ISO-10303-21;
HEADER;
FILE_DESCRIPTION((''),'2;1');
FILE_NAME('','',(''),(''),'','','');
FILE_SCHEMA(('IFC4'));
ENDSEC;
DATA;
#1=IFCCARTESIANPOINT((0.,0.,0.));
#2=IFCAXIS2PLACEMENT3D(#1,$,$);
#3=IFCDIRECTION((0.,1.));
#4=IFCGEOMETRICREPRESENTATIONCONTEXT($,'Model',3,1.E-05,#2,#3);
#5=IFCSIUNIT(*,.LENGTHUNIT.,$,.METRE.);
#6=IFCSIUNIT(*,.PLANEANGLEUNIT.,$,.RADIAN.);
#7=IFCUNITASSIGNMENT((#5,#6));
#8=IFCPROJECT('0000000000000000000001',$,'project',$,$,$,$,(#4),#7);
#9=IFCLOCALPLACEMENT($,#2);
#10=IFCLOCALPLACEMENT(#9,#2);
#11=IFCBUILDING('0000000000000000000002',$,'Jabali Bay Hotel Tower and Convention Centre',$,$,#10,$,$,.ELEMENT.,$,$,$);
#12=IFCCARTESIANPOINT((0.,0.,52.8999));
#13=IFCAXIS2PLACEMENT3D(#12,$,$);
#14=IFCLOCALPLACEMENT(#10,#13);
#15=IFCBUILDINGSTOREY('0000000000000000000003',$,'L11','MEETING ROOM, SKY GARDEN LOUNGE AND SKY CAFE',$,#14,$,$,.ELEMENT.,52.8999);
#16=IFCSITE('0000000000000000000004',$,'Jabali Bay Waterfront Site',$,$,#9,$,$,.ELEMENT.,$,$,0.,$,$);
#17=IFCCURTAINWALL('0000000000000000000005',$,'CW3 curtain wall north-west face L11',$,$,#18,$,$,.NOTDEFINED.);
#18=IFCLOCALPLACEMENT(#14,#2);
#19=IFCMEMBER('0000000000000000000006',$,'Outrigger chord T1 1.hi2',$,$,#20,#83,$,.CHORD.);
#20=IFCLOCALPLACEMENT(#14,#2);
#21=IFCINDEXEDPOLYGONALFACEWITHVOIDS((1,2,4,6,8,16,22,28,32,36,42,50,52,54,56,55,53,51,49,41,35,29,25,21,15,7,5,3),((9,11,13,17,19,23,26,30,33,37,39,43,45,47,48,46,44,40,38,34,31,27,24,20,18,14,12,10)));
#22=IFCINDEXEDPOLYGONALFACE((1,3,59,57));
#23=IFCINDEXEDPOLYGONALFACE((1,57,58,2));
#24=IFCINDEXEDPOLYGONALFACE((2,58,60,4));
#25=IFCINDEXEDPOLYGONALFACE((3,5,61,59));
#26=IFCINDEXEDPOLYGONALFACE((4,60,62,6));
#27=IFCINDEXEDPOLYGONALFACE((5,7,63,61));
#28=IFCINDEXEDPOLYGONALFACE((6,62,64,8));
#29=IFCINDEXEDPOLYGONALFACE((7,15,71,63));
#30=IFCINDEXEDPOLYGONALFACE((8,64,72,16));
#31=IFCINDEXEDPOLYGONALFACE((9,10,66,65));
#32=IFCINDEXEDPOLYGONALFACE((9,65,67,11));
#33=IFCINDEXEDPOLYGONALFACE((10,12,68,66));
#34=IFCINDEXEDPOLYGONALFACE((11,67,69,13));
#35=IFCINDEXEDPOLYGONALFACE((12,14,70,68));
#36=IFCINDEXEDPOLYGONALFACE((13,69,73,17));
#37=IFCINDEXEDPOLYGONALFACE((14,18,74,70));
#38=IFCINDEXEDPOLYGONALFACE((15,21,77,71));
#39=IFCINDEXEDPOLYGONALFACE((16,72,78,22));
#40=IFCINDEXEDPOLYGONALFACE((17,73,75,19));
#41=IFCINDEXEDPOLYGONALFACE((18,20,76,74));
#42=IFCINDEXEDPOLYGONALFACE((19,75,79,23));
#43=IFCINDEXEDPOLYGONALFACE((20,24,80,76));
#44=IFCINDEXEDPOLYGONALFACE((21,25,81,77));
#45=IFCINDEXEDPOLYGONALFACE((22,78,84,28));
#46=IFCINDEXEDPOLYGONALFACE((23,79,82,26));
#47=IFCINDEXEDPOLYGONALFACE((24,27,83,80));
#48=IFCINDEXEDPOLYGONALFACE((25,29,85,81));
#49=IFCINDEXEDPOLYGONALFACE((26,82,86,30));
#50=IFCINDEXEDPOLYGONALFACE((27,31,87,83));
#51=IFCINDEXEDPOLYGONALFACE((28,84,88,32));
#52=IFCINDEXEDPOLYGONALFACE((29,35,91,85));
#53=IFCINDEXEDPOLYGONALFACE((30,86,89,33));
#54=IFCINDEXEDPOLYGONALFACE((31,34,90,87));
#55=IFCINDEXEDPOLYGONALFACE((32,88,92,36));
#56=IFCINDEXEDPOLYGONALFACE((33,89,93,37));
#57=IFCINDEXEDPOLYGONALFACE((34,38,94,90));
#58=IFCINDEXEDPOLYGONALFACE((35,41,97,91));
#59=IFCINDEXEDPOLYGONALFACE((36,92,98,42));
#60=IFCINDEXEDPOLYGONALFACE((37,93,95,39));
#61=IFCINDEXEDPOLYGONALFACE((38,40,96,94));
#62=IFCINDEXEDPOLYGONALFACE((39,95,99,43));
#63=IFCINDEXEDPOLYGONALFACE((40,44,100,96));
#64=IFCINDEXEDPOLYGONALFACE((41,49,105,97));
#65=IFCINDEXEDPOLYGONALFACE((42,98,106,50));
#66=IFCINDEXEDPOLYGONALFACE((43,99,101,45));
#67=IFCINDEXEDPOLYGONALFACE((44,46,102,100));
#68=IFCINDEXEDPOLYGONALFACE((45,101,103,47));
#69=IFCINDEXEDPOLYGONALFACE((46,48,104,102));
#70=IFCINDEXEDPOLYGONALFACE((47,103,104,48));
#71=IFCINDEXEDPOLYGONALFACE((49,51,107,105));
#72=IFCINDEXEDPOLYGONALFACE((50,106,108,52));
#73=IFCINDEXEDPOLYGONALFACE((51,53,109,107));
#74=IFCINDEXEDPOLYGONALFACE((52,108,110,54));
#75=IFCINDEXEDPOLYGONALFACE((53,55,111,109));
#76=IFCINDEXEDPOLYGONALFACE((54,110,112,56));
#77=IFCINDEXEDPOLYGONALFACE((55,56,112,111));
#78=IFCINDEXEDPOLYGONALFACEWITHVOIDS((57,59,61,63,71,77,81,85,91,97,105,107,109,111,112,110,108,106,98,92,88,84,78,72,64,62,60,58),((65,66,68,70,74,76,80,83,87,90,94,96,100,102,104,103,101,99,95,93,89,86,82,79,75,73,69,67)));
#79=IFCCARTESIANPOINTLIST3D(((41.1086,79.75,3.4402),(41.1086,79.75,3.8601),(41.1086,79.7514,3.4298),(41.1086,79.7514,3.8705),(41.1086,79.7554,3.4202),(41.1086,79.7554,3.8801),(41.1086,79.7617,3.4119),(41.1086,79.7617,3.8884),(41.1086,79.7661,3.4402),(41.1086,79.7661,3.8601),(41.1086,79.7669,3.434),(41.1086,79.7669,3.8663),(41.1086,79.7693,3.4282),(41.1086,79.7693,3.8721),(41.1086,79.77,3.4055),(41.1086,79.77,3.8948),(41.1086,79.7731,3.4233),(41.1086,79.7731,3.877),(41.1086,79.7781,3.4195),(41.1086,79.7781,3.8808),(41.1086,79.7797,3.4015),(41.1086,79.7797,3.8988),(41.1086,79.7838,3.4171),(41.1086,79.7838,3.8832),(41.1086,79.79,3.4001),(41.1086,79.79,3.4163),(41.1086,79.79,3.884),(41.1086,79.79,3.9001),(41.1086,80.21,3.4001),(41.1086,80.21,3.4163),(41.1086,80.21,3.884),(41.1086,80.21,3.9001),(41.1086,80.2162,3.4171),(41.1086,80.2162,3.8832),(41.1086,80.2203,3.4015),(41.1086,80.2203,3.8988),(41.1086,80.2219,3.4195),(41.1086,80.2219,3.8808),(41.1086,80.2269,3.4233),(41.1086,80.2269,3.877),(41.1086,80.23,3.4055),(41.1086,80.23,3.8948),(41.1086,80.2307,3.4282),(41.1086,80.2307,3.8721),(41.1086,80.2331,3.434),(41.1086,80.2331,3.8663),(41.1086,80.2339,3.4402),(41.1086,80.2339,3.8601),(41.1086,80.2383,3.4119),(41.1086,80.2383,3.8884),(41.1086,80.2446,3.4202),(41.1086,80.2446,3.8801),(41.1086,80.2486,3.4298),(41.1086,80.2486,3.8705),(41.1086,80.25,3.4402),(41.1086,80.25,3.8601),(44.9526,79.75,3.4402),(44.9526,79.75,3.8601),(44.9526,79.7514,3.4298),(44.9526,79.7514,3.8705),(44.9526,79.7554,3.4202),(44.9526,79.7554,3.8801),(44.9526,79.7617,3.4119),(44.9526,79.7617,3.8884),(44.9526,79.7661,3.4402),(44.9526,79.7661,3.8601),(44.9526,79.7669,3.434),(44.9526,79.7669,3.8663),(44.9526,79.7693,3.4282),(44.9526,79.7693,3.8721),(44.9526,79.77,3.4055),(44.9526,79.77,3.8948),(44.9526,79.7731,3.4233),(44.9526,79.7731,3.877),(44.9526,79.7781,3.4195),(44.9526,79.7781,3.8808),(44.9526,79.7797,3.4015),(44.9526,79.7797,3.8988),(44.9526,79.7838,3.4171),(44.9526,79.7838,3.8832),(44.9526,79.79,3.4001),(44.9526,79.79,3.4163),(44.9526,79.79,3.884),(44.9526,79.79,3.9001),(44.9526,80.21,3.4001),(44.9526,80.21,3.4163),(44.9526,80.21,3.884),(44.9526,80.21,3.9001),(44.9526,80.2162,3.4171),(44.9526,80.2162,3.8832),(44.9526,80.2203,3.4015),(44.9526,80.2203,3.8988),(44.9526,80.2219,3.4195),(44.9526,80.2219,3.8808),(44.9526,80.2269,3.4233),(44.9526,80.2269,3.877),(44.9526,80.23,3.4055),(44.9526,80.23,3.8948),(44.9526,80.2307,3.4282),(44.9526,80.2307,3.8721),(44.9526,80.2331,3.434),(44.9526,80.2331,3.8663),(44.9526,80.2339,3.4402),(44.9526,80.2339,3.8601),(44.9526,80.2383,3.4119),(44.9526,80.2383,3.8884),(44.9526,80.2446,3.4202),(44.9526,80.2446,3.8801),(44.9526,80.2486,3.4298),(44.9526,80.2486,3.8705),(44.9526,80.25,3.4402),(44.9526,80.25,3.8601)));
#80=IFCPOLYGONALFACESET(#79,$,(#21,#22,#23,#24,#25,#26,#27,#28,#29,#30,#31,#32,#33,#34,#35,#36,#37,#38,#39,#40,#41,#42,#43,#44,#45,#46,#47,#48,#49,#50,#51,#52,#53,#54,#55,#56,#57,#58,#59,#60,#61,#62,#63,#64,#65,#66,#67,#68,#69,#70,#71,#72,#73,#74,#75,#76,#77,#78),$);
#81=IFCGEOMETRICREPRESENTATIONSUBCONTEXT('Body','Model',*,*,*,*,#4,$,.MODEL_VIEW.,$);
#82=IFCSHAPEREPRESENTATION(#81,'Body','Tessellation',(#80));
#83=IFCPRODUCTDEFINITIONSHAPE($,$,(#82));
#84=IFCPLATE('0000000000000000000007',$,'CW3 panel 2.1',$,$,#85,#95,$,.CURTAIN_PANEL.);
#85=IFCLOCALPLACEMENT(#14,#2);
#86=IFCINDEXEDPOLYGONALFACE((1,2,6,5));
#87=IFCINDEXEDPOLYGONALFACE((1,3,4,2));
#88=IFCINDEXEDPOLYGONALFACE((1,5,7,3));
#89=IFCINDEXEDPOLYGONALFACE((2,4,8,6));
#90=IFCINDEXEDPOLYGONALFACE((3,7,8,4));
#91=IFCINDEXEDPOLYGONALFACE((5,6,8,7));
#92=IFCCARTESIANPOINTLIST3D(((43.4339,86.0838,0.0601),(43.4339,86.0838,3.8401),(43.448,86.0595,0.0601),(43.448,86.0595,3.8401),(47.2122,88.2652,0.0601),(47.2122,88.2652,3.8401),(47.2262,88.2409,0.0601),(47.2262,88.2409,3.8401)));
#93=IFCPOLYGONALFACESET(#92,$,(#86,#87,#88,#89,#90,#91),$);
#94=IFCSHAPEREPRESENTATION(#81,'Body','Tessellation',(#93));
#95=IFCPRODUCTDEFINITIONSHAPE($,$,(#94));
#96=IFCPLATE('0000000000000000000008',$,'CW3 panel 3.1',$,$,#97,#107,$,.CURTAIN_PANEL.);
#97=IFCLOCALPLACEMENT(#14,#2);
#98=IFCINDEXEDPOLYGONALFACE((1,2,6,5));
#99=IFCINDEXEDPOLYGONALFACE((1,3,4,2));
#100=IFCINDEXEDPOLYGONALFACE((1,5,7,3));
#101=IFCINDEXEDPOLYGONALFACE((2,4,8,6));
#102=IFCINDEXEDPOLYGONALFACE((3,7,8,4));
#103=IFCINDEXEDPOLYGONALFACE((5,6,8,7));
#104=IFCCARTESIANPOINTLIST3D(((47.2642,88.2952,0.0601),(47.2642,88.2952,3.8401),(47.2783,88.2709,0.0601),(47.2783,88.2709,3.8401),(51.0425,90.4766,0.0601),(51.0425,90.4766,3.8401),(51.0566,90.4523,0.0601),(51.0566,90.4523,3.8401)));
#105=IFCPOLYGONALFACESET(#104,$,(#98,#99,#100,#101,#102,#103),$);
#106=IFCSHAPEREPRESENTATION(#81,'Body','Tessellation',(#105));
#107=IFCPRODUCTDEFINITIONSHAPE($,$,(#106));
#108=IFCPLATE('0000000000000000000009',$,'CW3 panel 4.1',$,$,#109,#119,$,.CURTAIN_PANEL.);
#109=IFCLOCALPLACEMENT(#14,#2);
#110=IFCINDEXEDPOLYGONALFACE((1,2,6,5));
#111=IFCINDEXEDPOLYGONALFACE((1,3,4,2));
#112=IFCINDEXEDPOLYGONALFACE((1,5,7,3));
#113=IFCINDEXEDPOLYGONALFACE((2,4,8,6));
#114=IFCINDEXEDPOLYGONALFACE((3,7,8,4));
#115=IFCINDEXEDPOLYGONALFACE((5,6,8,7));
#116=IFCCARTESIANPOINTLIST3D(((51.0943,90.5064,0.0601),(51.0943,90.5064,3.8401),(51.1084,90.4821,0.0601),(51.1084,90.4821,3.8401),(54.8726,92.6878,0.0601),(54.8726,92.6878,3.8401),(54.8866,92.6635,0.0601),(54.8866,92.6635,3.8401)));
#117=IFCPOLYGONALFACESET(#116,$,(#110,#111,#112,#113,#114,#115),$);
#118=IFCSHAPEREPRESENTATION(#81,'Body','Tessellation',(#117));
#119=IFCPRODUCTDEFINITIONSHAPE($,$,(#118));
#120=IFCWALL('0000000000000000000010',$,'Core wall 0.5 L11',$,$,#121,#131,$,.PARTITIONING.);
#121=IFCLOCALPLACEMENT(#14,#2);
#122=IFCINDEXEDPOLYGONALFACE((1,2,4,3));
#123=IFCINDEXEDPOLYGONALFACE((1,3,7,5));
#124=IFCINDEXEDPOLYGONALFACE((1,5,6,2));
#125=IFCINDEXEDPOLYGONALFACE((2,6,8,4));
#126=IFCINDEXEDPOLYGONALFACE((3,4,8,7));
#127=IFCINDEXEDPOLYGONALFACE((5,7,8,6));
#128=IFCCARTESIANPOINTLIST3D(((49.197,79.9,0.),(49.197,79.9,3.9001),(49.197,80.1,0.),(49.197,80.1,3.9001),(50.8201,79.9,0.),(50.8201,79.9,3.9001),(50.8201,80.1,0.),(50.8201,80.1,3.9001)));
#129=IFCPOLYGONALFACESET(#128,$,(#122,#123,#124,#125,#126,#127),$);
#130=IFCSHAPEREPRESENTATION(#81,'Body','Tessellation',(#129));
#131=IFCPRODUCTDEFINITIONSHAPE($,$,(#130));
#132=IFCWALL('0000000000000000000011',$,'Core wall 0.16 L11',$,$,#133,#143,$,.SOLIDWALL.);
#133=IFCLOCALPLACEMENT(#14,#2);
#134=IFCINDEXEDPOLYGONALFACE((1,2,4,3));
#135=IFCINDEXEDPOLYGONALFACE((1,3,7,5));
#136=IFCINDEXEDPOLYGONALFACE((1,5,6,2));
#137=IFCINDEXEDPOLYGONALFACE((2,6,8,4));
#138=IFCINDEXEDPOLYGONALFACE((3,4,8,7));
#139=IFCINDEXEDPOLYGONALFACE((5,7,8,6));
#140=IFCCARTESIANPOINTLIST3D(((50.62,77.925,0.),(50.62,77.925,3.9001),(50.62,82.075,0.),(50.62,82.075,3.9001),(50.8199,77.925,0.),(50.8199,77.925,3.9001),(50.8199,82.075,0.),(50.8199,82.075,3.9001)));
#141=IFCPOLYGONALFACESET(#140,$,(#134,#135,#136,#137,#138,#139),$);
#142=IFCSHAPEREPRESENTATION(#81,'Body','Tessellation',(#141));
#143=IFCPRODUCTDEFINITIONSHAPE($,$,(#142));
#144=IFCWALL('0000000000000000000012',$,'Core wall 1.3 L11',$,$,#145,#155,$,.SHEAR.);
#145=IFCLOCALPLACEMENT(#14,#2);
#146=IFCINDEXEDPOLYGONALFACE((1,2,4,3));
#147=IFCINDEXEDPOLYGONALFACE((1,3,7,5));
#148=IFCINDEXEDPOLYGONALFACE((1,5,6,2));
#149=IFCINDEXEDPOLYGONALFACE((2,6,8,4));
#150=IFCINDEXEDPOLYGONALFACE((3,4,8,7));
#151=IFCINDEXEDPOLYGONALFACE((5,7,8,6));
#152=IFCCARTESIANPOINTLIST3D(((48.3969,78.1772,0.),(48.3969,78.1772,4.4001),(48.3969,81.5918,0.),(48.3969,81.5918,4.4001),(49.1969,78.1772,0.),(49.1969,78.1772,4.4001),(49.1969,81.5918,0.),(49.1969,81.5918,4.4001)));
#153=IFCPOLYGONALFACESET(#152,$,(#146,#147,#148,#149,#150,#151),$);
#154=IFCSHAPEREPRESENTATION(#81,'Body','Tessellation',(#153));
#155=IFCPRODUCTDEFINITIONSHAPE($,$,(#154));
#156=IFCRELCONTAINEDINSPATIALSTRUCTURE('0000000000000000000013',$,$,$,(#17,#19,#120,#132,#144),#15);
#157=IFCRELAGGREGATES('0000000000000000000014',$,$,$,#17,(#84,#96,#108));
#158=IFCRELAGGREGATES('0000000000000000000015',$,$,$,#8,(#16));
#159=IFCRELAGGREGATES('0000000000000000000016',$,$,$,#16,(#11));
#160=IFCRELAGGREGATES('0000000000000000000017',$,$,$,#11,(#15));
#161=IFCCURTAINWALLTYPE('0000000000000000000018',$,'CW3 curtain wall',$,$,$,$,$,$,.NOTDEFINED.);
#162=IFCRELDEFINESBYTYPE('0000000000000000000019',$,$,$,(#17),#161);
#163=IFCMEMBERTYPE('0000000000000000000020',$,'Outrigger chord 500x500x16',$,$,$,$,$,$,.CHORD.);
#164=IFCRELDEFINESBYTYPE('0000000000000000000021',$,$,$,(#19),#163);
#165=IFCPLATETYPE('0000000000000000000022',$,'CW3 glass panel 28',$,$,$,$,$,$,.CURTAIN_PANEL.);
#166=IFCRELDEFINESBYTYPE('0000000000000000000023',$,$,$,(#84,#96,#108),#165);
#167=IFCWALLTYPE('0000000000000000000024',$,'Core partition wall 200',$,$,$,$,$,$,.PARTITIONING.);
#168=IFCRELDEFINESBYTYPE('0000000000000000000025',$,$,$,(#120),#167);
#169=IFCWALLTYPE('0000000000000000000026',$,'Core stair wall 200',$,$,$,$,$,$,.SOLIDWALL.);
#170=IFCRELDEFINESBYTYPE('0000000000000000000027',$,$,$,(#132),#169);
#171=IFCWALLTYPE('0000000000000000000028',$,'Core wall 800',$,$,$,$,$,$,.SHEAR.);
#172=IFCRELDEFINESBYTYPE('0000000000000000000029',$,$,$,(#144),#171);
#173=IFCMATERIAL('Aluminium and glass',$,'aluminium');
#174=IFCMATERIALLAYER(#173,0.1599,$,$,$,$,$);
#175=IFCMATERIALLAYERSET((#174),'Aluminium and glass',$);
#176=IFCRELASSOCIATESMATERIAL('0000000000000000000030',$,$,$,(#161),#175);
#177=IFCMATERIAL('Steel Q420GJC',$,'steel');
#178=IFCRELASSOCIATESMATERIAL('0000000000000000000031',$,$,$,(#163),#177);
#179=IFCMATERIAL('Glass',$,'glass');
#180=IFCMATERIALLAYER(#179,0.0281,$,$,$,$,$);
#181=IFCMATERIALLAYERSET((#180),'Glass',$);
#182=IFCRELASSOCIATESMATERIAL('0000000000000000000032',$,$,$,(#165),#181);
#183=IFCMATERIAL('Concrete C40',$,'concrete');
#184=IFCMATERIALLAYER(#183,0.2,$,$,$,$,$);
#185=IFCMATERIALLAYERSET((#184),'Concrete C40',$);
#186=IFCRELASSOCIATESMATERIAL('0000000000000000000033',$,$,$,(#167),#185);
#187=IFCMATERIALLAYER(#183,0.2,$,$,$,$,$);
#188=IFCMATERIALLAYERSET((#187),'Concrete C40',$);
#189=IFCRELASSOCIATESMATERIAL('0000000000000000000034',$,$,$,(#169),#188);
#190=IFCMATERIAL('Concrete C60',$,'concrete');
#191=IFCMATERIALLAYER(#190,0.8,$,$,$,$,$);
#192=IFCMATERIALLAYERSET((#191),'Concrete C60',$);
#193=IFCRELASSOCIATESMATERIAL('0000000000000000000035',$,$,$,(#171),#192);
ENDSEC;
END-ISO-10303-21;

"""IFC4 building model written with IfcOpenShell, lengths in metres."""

from ifc_helpers import new_model, si_unit, direction, frame, frame_2d, origin, origin_2d, place, context, subcontext, project, spatial, rectangle, hollow_rectangle, extrude, material, layer, layer_set, material_profile, profile_set, type_object, element, aggregate, save


model = new_model("IFC4")

# Units and contexts
model_context = context("Model", 3, precision=1e-05, world=origin(), true_north=direction((0.0, 1.0)))
body_context = subcontext(model_context, "Body", "Model", "MODEL_VIEW")
ifc_project = project(units=[si_unit("LENGTHUNIT", "METRE"), si_unit("PLANEANGLEUNIT", "RADIAN")], contexts=[model_context])

# Site, building, storey
site_placement = place(None, origin())
site = spatial("IfcSite", under=ifc_project, at=site_placement, Name="Jabali Bay Waterfront Site", CompositionType="ELEMENT", RefElevation=0.0)
building_placement = place(site_placement, origin())
building = spatial("IfcBuilding", under=site, at=building_placement, Name="Jabali Bay Hotel Tower and Convention Centre", CompositionType="ELEMENT")
storey_placement = place(building_placement, frame((0.0, 0.0, 52.8999)))
storey = spatial("IfcBuildingStorey", under=building, at=storey_placement, Name="L11", Description="MEETING ROOM, SKY GARDEN LOUNGE AND SKY CAFE", CompositionType="ELEMENT", Elevation=52.8999)

# Shared definitions
ifc_material_1 = material(Name="Concrete C60", Category="concrete")

# Shared definitions
ifc_material_2 = material(Name="Steel Q420GJC", Category="steel")

# Curtain wall
ifc_material_3 = material(Name="Aluminium and glass", Category="aluminium")
ifc_layer_1 = layer(ifc_material_3, 0.1599)
ifc_layer_set_1 = layer_set([ifc_layer_1], Name="Aluminium and glass")
curtain_wall_type = type_object("IfcCurtainWallType", Name="CW3 curtain wall", PredefinedType="NOTDEFINED", material=ifc_layer_set_1)
curtain_wall_placement = place(storey_placement, origin())
curtain_wall = element("IfcCurtainWall", 1, at=curtain_wall_placement, inside=storey, type_object=curtain_wall_type, Name="CW3 curtain wall north-west face L11", PredefinedType="NOTDEFINED")

# Member
ifc_material_profile_1 = material_profile(ifc_material_2, hollow_rectangle(XDim=0.5, YDim=0.5, WallThickness=0.0161, InnerFilletRadius=0.0239, OuterFilletRadius=0.04, at=origin_2d()), Name="Outrigger chord 500x500x16")
ifc_profile_set_1 = profile_set([ifc_material_profile_1], Name="Steel Q420GJC")
member_type_1 = type_object("IfcMemberType", Name="Outrigger chord 500x500x16", PredefinedType="CHORD", material=ifc_profile_set_1)
member_1_placement = place(storey_placement, frame((44.9526, 80.0, 3.6501), z_axis=(-1.0, 0.0, 0.0), x_axis=(0.0, -1.0, 0.0)))
element("IfcMember", 2, at=member_1_placement, inside=storey, type_object=member_type_1, Name="Outrigger chord T1 1.hi2", PredefinedType="CHORD", context=body_context, shape_type="SweptSolid", body=[
    extrude(hollow_rectangle(XDim=0.5, YDim=0.5, WallThickness=0.0161, InnerFilletRadius=0.0239, OuterFilletRadius=0.04, at=origin_2d()), origin(), (0.0, 0.0, 1.0), 3.844),
])

# Plates
ifc_material_4 = material(Name="Glass", Category="glass")
ifc_layer_2 = layer(ifc_material_4, 0.0281)
ifc_layer_set_2 = layer_set([ifc_layer_2], Name="Glass")
plate_type = type_object("IfcPlateType", Name="CW3 glass panel 28", PredefinedType="CURTAIN_PANEL", material=ifc_layer_set_2)
plate_1_placement = place(storey_placement, frame((45.3301, 87.1624, 0.0601), z_axis=(0.0, 0.0, 1.0), x_axis=(0.866025, 0.5, 0.0)))
plate_1 = element("IfcPlate", 3, at=plate_1_placement, type_object=plate_type, Name="CW3 panel 2.1", PredefinedType="CURTAIN_PANEL", context=body_context, shape_type="SweptSolid", body=[
    extrude(rectangle(XDim=4.3628, YDim=0.0281, at=origin_2d()), origin(), (0.0, 0.0, 1.0), 3.78),
])
plate_2_placement = place(storey_placement, frame((49.1604, 89.3738, 0.0601), z_axis=(0.0, 0.0, 1.0), x_axis=(0.866025, 0.5, 0.0)))
plate_2 = element("IfcPlate", 4, at=plate_2_placement, type_object=plate_type, Name="CW3 panel 3.1", PredefinedType="CURTAIN_PANEL", context=body_context, shape_type="SweptSolid", body=[
    extrude(rectangle(XDim=4.3628, YDim=0.0281, at=origin_2d()), origin(), (0.0, 0.0, 1.0), 3.78),
])
plate_3_placement = place(storey_placement, frame((52.9905, 91.585, 0.0601), z_axis=(0.0, 0.0, 1.0), x_axis=(0.866025, 0.5, 0.0)))
plate_3 = element("IfcPlate", 5, at=plate_3_placement, type_object=plate_type, Name="CW3 panel 4.1", PredefinedType="CURTAIN_PANEL", context=body_context, shape_type="SweptSolid", body=[
    extrude(rectangle(XDim=4.3628, YDim=0.0281, at=origin_2d()), origin(), (0.0, 0.0, 1.0), 3.78),
])
aggregate(curtain_wall, [plate_1, plate_2, plate_3])

# Walls
ifc_material_5 = material(Name="Concrete C40", Category="concrete")
ifc_layer_3 = layer(ifc_material_5, 0.2)
ifc_layer_set_3 = layer_set([ifc_layer_3], Name="Concrete C40")
wall_type_1 = type_object("IfcWallType", Name="Core partition wall 200", PredefinedType="PARTITIONING", material=ifc_layer_set_3)
wall_1_placement = place(storey_placement, frame((50.8201, 80.0, 0.0), z_axis=(0.0, 0.0, 1.0), x_axis=(-1.0, 0.0, 0.0)))
element("IfcWall", 6, at=wall_1_placement, inside=storey, type_object=wall_type_1, Name="Core wall 0.5 L11", PredefinedType="PARTITIONING", context=body_context, shape_type="SweptSolid", body=[
    extrude(rectangle(XDim=1.623, YDim=0.2, at=frame_2d((0.8115, 0.0))), origin(), (0.0, 0.0, 1.0), 3.9001),
])
ifc_layer_4 = layer(ifc_material_5, 0.2)
ifc_layer_set_4 = layer_set([ifc_layer_4], Name="Concrete C40")
wall_type_2 = type_object("IfcWallType", Name="Core stair wall 200", PredefinedType="SOLIDWALL", material=ifc_layer_set_4)
wall_2_placement = place(storey_placement, frame((50.72, 82.075, 0.0), z_axis=(0.0, 0.0, 1.0), x_axis=(0.0, -1.0, 0.0)))
element("IfcWall", 7, at=wall_2_placement, inside=storey, type_object=wall_type_2, Name="Core wall 0.16 L11", PredefinedType="SOLIDWALL", context=body_context, shape_type="SweptSolid", body=[
    extrude(rectangle(XDim=4.1499, YDim=0.2, at=frame_2d((2.075, 0.0))), origin(), (0.0, 0.0, 1.0), 3.9001),
])
ifc_layer_5 = layer(ifc_material_1, 0.8)
ifc_layer_set_5 = layer_set([ifc_layer_5], Name="Concrete C60")
wall_type_3 = type_object("IfcWallType", Name="Core wall 800", PredefinedType="SHEAR", material=ifc_layer_set_5)
wall_3_placement = place(storey_placement, frame((48.7969, 81.5918, 0.0), z_axis=(0.0, 0.0, 1.0), x_axis=(0.0, -1.0, 0.0)))
element("IfcWall", 8, at=wall_3_placement, inside=storey, type_object=wall_type_3, Name="Core wall 1.3 L11", PredefinedType="SHEAR", context=body_context, shape_type="SweptSolid", body=[
    extrude(rectangle(XDim=3.4146, YDim=0.8, at=frame_2d((1.7073, 0.0))), origin(), (0.0, 0.0, 1.0), 4.4001),
])

save(model, "model.ifc")
